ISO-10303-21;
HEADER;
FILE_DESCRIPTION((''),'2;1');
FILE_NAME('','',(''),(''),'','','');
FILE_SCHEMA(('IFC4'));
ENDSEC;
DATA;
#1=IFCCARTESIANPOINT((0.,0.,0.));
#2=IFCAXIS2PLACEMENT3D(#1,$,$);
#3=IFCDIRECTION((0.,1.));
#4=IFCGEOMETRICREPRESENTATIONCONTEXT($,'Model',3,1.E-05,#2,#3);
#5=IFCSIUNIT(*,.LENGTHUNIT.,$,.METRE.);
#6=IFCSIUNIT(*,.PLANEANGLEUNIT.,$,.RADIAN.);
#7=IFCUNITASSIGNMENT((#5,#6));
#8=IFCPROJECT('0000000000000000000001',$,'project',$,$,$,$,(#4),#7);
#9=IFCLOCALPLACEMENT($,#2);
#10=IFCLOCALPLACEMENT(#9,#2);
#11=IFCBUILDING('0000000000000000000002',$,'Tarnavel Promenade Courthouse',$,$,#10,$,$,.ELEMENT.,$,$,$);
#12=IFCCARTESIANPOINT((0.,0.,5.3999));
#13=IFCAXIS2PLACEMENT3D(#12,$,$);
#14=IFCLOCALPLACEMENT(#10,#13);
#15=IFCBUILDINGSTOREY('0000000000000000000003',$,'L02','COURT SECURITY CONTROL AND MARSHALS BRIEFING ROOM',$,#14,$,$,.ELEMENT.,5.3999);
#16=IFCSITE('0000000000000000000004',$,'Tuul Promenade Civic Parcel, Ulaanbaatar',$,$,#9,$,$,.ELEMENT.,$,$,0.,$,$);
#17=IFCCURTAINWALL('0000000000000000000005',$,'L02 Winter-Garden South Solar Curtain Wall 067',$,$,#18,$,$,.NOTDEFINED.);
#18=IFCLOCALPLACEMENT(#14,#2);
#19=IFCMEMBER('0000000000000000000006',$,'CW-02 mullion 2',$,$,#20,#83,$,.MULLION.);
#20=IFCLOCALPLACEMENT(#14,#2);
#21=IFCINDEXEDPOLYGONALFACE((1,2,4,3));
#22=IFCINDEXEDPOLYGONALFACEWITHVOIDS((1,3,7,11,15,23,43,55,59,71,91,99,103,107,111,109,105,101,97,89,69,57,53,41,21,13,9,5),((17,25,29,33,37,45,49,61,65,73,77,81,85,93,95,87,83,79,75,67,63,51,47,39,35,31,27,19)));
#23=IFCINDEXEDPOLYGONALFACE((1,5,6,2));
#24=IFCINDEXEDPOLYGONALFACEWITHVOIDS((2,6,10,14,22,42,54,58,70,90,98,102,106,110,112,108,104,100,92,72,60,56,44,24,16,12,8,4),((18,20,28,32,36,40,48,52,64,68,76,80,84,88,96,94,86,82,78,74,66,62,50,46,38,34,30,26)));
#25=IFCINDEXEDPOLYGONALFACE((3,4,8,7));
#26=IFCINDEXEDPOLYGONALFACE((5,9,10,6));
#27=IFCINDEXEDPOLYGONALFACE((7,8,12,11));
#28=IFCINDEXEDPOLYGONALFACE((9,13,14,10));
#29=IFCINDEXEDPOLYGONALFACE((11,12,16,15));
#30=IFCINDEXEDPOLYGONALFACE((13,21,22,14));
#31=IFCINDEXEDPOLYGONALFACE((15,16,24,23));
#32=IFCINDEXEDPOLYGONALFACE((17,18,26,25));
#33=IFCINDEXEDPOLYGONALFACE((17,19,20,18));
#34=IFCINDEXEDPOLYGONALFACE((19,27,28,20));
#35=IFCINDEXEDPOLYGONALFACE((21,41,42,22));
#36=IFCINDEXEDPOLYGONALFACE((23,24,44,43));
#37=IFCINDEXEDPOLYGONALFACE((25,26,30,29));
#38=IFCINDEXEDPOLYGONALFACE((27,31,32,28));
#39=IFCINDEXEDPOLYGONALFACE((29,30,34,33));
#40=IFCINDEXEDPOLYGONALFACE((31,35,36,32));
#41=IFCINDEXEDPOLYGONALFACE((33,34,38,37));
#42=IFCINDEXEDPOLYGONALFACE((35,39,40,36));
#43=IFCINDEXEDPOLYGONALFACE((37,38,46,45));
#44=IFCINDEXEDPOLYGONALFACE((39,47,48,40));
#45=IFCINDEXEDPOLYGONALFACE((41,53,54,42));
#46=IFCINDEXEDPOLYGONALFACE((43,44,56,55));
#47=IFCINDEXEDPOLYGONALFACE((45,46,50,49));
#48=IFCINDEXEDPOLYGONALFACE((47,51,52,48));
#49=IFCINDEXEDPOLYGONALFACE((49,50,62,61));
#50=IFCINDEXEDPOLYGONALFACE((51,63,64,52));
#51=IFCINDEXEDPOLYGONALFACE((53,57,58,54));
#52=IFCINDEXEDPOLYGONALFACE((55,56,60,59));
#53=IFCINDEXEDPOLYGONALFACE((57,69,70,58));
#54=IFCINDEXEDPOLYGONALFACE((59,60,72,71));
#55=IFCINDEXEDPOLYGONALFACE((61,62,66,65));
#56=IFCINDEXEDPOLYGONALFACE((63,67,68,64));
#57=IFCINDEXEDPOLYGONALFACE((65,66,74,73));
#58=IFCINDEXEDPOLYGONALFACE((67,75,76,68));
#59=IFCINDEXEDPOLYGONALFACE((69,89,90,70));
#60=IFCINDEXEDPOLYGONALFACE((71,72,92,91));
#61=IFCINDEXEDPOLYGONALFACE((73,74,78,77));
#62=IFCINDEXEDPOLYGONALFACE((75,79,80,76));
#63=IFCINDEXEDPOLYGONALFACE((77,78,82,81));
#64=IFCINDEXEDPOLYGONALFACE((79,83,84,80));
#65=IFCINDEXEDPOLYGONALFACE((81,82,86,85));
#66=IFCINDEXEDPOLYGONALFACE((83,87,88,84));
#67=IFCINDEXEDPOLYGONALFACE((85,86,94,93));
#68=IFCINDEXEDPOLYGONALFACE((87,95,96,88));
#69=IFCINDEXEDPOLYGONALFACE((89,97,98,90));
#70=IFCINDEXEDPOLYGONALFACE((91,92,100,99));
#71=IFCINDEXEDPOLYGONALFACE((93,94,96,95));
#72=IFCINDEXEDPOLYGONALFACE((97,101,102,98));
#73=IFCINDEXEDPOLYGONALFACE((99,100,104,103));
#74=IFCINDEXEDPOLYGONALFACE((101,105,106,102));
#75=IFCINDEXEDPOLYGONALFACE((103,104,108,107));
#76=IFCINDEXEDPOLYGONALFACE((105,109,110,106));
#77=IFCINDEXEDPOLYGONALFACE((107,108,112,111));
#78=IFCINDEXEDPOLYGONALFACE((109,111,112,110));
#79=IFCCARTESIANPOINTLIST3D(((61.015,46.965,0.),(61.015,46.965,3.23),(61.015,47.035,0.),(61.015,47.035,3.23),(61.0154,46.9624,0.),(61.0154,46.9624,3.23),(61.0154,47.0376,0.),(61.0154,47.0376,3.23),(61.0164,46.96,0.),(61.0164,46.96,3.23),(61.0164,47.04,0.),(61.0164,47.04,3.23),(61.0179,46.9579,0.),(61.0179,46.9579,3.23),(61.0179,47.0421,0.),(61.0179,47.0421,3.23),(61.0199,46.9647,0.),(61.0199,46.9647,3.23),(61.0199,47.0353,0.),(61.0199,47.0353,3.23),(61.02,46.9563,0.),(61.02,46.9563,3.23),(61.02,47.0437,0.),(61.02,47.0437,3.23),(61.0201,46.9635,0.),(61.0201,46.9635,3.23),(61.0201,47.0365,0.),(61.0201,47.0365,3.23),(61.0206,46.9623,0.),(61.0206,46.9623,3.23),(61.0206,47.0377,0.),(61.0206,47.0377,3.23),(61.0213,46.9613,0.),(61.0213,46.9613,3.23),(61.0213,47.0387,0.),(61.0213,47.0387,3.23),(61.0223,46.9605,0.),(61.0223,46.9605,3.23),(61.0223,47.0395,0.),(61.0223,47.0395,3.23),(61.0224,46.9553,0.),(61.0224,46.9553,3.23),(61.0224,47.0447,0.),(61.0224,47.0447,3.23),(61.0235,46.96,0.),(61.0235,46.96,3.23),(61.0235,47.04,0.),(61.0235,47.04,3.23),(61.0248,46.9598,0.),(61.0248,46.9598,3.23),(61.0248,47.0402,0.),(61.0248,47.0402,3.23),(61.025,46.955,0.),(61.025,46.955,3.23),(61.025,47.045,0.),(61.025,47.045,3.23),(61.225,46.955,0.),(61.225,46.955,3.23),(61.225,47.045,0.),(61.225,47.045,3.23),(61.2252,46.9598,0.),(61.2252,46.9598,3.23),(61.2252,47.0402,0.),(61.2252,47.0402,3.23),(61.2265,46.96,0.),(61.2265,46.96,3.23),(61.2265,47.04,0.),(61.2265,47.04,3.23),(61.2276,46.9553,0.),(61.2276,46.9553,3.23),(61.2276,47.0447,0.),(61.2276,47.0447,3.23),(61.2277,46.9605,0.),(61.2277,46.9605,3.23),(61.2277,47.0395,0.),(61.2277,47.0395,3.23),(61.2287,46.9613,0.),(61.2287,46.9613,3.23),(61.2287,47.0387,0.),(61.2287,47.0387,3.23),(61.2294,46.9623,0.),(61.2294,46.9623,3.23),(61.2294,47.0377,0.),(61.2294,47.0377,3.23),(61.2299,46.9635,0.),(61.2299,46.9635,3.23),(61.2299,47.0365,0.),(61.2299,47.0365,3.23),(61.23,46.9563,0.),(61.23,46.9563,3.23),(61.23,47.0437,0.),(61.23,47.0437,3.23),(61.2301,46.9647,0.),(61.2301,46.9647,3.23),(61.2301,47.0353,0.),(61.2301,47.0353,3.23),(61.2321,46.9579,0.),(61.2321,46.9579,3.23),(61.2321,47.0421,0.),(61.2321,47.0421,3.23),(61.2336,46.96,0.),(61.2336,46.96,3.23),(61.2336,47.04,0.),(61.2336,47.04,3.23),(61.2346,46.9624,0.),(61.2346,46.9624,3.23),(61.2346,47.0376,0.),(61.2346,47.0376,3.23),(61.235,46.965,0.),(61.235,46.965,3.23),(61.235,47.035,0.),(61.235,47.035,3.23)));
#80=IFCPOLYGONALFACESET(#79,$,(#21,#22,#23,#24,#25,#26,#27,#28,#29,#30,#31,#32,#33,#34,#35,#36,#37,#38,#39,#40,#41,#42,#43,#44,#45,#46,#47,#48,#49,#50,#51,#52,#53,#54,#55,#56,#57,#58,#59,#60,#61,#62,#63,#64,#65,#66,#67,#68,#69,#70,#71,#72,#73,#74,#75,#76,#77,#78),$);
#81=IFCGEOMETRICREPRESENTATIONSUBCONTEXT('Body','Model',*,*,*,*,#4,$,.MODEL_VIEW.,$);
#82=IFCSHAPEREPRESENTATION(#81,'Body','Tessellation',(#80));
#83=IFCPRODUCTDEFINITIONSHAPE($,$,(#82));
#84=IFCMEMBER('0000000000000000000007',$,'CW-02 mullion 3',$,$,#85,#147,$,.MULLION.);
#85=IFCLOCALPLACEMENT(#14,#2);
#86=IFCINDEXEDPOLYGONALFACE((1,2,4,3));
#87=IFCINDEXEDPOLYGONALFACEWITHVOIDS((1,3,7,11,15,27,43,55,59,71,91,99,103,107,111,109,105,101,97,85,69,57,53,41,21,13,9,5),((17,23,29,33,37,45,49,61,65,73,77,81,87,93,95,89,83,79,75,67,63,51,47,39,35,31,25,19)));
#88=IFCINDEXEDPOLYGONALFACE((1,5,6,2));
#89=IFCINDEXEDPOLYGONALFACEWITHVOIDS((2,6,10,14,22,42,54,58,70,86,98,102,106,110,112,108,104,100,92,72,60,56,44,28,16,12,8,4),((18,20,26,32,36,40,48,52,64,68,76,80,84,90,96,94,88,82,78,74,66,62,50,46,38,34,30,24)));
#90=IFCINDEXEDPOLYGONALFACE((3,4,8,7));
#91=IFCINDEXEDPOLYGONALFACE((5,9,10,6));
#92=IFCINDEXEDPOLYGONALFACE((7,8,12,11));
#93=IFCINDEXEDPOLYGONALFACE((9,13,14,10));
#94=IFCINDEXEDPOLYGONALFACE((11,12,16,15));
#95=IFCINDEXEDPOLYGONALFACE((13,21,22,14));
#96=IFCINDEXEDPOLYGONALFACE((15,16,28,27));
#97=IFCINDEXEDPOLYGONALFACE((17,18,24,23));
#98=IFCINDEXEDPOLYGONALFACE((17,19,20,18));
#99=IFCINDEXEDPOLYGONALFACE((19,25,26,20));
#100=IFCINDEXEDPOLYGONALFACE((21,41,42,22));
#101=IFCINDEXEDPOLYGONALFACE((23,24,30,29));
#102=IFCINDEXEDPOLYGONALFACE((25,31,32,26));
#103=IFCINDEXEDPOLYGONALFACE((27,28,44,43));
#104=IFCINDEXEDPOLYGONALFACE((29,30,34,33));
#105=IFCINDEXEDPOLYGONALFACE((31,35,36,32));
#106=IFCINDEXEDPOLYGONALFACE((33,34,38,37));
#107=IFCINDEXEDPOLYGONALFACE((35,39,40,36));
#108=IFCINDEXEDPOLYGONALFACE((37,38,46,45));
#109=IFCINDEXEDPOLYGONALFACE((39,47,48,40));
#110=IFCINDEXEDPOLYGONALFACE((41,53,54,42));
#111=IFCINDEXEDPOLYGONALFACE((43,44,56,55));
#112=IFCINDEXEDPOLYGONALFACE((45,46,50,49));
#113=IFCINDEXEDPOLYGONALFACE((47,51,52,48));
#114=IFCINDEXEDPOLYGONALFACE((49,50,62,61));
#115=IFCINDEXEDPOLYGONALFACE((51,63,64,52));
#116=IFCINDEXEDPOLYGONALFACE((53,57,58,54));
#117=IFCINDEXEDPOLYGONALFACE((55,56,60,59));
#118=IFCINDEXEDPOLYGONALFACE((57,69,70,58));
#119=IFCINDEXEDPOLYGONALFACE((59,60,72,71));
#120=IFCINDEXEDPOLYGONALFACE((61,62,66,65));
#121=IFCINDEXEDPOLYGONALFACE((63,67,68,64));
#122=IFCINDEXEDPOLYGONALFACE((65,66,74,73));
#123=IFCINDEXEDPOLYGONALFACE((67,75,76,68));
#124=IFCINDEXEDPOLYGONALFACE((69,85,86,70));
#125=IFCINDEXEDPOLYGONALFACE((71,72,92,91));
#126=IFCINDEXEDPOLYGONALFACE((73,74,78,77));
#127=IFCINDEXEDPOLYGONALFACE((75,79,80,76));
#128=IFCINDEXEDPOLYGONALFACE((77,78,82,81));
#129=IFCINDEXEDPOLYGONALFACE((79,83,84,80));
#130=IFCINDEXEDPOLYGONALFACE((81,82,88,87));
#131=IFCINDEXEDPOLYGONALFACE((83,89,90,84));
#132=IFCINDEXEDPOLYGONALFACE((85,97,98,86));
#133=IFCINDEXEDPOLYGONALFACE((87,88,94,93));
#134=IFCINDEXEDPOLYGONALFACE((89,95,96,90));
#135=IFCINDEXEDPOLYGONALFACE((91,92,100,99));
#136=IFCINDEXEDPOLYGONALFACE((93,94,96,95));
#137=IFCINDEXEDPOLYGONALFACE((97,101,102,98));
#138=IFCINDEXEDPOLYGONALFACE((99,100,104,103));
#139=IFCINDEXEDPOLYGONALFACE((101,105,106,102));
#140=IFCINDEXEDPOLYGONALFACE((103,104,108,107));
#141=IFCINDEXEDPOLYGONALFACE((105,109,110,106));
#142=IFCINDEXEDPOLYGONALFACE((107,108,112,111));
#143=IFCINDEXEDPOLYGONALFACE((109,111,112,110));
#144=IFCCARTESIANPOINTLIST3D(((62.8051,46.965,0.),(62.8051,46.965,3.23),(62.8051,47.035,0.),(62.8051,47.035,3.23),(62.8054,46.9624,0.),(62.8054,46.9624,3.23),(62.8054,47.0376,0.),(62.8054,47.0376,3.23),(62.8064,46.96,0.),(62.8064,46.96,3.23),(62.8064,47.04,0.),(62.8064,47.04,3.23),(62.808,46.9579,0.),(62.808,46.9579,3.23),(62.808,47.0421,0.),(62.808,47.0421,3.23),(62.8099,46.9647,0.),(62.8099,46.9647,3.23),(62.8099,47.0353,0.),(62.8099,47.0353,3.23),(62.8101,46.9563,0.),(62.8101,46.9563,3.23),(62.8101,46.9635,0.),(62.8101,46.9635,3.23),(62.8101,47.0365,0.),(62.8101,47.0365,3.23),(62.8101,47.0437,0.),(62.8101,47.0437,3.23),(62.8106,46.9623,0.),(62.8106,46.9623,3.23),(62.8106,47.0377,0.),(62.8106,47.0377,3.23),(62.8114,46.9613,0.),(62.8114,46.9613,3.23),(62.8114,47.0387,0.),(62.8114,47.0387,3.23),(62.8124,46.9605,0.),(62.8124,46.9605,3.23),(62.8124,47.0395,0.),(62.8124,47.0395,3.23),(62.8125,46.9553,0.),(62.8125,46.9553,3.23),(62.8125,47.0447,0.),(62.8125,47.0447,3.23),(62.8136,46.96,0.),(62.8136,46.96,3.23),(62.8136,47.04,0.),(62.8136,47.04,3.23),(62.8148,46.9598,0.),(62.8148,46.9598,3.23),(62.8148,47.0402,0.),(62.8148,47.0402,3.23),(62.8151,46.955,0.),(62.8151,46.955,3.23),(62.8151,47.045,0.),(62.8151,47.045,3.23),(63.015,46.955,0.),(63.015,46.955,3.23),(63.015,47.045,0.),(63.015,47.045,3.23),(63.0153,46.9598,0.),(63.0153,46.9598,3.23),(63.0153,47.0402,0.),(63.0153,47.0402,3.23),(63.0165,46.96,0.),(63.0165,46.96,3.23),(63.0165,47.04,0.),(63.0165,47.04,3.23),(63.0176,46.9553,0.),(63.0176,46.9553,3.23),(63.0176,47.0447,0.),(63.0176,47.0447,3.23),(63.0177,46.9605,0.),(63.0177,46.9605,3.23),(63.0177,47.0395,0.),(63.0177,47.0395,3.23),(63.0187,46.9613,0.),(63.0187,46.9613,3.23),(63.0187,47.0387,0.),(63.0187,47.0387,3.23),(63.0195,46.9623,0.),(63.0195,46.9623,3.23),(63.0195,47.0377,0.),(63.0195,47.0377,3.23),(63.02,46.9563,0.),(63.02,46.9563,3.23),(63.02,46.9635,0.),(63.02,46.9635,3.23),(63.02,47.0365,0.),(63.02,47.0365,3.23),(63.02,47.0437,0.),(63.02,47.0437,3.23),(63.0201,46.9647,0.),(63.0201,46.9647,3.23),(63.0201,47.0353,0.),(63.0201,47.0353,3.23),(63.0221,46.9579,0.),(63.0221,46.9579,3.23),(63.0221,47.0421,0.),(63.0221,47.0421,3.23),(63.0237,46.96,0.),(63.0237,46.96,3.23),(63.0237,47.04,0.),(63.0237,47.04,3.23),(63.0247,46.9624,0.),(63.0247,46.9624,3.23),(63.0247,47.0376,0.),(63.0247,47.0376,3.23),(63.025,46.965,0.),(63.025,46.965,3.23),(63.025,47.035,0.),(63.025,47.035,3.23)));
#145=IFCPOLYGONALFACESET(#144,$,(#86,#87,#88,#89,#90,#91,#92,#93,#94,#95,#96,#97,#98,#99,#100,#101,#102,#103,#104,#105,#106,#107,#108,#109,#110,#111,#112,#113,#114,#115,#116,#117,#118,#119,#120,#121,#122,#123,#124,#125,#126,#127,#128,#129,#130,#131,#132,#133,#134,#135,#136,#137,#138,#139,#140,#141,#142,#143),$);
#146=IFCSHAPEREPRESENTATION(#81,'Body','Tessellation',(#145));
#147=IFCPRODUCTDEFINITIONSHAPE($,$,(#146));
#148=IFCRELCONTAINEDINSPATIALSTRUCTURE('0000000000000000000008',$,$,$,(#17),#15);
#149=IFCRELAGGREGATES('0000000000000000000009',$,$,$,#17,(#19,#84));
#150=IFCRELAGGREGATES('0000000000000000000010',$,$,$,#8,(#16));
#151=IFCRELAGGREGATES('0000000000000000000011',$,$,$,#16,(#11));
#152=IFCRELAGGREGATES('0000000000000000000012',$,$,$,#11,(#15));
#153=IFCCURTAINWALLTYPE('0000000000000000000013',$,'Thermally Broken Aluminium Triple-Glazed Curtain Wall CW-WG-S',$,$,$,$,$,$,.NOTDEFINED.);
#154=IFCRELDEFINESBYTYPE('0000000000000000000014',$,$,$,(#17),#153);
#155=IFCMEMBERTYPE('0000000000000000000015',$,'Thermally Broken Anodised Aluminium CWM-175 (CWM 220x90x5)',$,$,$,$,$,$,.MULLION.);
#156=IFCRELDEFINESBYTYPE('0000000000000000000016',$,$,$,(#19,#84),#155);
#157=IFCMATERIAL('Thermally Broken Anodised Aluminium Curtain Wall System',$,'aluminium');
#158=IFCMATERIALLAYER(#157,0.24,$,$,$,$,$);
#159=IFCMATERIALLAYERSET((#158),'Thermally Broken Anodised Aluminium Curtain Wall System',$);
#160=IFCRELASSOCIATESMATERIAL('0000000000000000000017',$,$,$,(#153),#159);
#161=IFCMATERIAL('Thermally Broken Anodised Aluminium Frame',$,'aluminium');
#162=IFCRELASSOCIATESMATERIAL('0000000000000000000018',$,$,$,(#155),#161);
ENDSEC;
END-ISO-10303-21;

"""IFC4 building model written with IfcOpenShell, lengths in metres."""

from ifc_helpers import new_model, si_unit, direction, frame, origin, origin_2d, place, context, subcontext, project, spatial, hollow_rectangle, extrude, material, layer, layer_set, material_profile, profile_set, type_object, element, aggregate, save


model = new_model("IFC4")

# Units and contexts
model_context = context("Model", 3, precision=1e-05, world=origin(), true_north=direction((0.0, 1.0)))
body_context = subcontext(model_context, "Body", "Model", "MODEL_VIEW")
ifc_project = project(units=[si_unit("LENGTHUNIT", "METRE"), si_unit("PLANEANGLEUNIT", "RADIAN")], contexts=[model_context])

# Site, building, storey
site_placement = place(None, origin())
site = spatial("IfcSite", under=ifc_project, at=site_placement, Name="Tuul Promenade Civic Parcel, Ulaanbaatar", CompositionType="ELEMENT", RefElevation=0.0)
building_placement = place(site_placement, origin())
building = spatial("IfcBuilding", under=site, at=building_placement, Name="Tarnavel Promenade Courthouse", CompositionType="ELEMENT")
storey_placement = place(building_placement, frame((0.0, 0.0, 5.3999)))
storey = spatial("IfcBuildingStorey", under=building, at=storey_placement, Name="L02", Description="COURT SECURITY CONTROL AND MARSHALS BRIEFING ROOM", CompositionType="ELEMENT", Elevation=5.3999)

# Curtain wall, members
ifc_material_1 = material(Name="Thermally Broken Anodised Aluminium Curtain Wall System", Category="aluminium")
ifc_layer_1 = layer(ifc_material_1, 0.24)
ifc_layer_set_1 = layer_set([ifc_layer_1], Name="Thermally Broken Anodised Aluminium Curtain Wall System")
curtain_wall_type = type_object("IfcCurtainWallType", Name="Thermally Broken Aluminium Triple-Glazed Curtain Wall CW-WG-S", PredefinedType="NOTDEFINED", material=ifc_layer_set_1)
ifc_material_2 = material(Name="Thermally Broken Anodised Aluminium Frame", Category="aluminium")
ifc_material_profile_1 = material_profile(ifc_material_2, hollow_rectangle(XDim=0.0901, YDim=0.22, WallThickness=0.0049, InnerFilletRadius=0.0049, OuterFilletRadius=0.01, at=origin_2d()), Name="CWM 220x90x5")
ifc_profile_set_1 = profile_set([ifc_material_profile_1], Name="Thermally Broken Anodised Aluminium Frame")
member_type_1 = type_object("IfcMemberType", Name="Thermally Broken Anodised Aluminium CWM-175 (CWM 220x90x5)", PredefinedType="MULLION", material=ifc_profile_set_1)
curtain_wall_1_placement = place(storey_placement, origin())
curtain_wall_1 = element("IfcCurtainWall", 1, at=curtain_wall_1_placement, inside=storey, type_object=curtain_wall_type, Name="L02 Winter-Garden South Solar Curtain Wall 067", PredefinedType="NOTDEFINED")
member_1_placement = place(storey_placement, frame((61.125, 47.0, 0.0), z_axis=(0.0, 0.0, 1.0), x_axis=(0.0, 1.0, 0.0)))
member_1 = element("IfcMember", 2, at=member_1_placement, type_object=member_type_1, Name="CW-02 mullion 2", PredefinedType="MULLION", context=body_context, shape_type="SweptSolid", body=[
    extrude(hollow_rectangle(XDim=0.0901, YDim=0.22, WallThickness=0.0049, InnerFilletRadius=0.0049, OuterFilletRadius=0.01, at=origin_2d()), origin(), (0.0, 0.0, 1.0), 3.23),
])
member_2_placement = place(storey_placement, frame((62.915, 47.0, 0.0), z_axis=(0.0, 0.0, 1.0), x_axis=(0.0, 1.0, 0.0)))
member_2 = element("IfcMember", 3, at=member_2_placement, type_object=member_type_1, Name="CW-02 mullion 3", PredefinedType="MULLION", context=body_context, shape_type="SweptSolid", body=[
    extrude(hollow_rectangle(XDim=0.0901, YDim=0.22, WallThickness=0.0049, InnerFilletRadius=0.0049, OuterFilletRadius=0.01, at=origin_2d()), origin(), (0.0, 0.0, 1.0), 3.23),
])

aggregate(curtain_wall_1, [member_1, member_2])

save(model, "model.ifc")
